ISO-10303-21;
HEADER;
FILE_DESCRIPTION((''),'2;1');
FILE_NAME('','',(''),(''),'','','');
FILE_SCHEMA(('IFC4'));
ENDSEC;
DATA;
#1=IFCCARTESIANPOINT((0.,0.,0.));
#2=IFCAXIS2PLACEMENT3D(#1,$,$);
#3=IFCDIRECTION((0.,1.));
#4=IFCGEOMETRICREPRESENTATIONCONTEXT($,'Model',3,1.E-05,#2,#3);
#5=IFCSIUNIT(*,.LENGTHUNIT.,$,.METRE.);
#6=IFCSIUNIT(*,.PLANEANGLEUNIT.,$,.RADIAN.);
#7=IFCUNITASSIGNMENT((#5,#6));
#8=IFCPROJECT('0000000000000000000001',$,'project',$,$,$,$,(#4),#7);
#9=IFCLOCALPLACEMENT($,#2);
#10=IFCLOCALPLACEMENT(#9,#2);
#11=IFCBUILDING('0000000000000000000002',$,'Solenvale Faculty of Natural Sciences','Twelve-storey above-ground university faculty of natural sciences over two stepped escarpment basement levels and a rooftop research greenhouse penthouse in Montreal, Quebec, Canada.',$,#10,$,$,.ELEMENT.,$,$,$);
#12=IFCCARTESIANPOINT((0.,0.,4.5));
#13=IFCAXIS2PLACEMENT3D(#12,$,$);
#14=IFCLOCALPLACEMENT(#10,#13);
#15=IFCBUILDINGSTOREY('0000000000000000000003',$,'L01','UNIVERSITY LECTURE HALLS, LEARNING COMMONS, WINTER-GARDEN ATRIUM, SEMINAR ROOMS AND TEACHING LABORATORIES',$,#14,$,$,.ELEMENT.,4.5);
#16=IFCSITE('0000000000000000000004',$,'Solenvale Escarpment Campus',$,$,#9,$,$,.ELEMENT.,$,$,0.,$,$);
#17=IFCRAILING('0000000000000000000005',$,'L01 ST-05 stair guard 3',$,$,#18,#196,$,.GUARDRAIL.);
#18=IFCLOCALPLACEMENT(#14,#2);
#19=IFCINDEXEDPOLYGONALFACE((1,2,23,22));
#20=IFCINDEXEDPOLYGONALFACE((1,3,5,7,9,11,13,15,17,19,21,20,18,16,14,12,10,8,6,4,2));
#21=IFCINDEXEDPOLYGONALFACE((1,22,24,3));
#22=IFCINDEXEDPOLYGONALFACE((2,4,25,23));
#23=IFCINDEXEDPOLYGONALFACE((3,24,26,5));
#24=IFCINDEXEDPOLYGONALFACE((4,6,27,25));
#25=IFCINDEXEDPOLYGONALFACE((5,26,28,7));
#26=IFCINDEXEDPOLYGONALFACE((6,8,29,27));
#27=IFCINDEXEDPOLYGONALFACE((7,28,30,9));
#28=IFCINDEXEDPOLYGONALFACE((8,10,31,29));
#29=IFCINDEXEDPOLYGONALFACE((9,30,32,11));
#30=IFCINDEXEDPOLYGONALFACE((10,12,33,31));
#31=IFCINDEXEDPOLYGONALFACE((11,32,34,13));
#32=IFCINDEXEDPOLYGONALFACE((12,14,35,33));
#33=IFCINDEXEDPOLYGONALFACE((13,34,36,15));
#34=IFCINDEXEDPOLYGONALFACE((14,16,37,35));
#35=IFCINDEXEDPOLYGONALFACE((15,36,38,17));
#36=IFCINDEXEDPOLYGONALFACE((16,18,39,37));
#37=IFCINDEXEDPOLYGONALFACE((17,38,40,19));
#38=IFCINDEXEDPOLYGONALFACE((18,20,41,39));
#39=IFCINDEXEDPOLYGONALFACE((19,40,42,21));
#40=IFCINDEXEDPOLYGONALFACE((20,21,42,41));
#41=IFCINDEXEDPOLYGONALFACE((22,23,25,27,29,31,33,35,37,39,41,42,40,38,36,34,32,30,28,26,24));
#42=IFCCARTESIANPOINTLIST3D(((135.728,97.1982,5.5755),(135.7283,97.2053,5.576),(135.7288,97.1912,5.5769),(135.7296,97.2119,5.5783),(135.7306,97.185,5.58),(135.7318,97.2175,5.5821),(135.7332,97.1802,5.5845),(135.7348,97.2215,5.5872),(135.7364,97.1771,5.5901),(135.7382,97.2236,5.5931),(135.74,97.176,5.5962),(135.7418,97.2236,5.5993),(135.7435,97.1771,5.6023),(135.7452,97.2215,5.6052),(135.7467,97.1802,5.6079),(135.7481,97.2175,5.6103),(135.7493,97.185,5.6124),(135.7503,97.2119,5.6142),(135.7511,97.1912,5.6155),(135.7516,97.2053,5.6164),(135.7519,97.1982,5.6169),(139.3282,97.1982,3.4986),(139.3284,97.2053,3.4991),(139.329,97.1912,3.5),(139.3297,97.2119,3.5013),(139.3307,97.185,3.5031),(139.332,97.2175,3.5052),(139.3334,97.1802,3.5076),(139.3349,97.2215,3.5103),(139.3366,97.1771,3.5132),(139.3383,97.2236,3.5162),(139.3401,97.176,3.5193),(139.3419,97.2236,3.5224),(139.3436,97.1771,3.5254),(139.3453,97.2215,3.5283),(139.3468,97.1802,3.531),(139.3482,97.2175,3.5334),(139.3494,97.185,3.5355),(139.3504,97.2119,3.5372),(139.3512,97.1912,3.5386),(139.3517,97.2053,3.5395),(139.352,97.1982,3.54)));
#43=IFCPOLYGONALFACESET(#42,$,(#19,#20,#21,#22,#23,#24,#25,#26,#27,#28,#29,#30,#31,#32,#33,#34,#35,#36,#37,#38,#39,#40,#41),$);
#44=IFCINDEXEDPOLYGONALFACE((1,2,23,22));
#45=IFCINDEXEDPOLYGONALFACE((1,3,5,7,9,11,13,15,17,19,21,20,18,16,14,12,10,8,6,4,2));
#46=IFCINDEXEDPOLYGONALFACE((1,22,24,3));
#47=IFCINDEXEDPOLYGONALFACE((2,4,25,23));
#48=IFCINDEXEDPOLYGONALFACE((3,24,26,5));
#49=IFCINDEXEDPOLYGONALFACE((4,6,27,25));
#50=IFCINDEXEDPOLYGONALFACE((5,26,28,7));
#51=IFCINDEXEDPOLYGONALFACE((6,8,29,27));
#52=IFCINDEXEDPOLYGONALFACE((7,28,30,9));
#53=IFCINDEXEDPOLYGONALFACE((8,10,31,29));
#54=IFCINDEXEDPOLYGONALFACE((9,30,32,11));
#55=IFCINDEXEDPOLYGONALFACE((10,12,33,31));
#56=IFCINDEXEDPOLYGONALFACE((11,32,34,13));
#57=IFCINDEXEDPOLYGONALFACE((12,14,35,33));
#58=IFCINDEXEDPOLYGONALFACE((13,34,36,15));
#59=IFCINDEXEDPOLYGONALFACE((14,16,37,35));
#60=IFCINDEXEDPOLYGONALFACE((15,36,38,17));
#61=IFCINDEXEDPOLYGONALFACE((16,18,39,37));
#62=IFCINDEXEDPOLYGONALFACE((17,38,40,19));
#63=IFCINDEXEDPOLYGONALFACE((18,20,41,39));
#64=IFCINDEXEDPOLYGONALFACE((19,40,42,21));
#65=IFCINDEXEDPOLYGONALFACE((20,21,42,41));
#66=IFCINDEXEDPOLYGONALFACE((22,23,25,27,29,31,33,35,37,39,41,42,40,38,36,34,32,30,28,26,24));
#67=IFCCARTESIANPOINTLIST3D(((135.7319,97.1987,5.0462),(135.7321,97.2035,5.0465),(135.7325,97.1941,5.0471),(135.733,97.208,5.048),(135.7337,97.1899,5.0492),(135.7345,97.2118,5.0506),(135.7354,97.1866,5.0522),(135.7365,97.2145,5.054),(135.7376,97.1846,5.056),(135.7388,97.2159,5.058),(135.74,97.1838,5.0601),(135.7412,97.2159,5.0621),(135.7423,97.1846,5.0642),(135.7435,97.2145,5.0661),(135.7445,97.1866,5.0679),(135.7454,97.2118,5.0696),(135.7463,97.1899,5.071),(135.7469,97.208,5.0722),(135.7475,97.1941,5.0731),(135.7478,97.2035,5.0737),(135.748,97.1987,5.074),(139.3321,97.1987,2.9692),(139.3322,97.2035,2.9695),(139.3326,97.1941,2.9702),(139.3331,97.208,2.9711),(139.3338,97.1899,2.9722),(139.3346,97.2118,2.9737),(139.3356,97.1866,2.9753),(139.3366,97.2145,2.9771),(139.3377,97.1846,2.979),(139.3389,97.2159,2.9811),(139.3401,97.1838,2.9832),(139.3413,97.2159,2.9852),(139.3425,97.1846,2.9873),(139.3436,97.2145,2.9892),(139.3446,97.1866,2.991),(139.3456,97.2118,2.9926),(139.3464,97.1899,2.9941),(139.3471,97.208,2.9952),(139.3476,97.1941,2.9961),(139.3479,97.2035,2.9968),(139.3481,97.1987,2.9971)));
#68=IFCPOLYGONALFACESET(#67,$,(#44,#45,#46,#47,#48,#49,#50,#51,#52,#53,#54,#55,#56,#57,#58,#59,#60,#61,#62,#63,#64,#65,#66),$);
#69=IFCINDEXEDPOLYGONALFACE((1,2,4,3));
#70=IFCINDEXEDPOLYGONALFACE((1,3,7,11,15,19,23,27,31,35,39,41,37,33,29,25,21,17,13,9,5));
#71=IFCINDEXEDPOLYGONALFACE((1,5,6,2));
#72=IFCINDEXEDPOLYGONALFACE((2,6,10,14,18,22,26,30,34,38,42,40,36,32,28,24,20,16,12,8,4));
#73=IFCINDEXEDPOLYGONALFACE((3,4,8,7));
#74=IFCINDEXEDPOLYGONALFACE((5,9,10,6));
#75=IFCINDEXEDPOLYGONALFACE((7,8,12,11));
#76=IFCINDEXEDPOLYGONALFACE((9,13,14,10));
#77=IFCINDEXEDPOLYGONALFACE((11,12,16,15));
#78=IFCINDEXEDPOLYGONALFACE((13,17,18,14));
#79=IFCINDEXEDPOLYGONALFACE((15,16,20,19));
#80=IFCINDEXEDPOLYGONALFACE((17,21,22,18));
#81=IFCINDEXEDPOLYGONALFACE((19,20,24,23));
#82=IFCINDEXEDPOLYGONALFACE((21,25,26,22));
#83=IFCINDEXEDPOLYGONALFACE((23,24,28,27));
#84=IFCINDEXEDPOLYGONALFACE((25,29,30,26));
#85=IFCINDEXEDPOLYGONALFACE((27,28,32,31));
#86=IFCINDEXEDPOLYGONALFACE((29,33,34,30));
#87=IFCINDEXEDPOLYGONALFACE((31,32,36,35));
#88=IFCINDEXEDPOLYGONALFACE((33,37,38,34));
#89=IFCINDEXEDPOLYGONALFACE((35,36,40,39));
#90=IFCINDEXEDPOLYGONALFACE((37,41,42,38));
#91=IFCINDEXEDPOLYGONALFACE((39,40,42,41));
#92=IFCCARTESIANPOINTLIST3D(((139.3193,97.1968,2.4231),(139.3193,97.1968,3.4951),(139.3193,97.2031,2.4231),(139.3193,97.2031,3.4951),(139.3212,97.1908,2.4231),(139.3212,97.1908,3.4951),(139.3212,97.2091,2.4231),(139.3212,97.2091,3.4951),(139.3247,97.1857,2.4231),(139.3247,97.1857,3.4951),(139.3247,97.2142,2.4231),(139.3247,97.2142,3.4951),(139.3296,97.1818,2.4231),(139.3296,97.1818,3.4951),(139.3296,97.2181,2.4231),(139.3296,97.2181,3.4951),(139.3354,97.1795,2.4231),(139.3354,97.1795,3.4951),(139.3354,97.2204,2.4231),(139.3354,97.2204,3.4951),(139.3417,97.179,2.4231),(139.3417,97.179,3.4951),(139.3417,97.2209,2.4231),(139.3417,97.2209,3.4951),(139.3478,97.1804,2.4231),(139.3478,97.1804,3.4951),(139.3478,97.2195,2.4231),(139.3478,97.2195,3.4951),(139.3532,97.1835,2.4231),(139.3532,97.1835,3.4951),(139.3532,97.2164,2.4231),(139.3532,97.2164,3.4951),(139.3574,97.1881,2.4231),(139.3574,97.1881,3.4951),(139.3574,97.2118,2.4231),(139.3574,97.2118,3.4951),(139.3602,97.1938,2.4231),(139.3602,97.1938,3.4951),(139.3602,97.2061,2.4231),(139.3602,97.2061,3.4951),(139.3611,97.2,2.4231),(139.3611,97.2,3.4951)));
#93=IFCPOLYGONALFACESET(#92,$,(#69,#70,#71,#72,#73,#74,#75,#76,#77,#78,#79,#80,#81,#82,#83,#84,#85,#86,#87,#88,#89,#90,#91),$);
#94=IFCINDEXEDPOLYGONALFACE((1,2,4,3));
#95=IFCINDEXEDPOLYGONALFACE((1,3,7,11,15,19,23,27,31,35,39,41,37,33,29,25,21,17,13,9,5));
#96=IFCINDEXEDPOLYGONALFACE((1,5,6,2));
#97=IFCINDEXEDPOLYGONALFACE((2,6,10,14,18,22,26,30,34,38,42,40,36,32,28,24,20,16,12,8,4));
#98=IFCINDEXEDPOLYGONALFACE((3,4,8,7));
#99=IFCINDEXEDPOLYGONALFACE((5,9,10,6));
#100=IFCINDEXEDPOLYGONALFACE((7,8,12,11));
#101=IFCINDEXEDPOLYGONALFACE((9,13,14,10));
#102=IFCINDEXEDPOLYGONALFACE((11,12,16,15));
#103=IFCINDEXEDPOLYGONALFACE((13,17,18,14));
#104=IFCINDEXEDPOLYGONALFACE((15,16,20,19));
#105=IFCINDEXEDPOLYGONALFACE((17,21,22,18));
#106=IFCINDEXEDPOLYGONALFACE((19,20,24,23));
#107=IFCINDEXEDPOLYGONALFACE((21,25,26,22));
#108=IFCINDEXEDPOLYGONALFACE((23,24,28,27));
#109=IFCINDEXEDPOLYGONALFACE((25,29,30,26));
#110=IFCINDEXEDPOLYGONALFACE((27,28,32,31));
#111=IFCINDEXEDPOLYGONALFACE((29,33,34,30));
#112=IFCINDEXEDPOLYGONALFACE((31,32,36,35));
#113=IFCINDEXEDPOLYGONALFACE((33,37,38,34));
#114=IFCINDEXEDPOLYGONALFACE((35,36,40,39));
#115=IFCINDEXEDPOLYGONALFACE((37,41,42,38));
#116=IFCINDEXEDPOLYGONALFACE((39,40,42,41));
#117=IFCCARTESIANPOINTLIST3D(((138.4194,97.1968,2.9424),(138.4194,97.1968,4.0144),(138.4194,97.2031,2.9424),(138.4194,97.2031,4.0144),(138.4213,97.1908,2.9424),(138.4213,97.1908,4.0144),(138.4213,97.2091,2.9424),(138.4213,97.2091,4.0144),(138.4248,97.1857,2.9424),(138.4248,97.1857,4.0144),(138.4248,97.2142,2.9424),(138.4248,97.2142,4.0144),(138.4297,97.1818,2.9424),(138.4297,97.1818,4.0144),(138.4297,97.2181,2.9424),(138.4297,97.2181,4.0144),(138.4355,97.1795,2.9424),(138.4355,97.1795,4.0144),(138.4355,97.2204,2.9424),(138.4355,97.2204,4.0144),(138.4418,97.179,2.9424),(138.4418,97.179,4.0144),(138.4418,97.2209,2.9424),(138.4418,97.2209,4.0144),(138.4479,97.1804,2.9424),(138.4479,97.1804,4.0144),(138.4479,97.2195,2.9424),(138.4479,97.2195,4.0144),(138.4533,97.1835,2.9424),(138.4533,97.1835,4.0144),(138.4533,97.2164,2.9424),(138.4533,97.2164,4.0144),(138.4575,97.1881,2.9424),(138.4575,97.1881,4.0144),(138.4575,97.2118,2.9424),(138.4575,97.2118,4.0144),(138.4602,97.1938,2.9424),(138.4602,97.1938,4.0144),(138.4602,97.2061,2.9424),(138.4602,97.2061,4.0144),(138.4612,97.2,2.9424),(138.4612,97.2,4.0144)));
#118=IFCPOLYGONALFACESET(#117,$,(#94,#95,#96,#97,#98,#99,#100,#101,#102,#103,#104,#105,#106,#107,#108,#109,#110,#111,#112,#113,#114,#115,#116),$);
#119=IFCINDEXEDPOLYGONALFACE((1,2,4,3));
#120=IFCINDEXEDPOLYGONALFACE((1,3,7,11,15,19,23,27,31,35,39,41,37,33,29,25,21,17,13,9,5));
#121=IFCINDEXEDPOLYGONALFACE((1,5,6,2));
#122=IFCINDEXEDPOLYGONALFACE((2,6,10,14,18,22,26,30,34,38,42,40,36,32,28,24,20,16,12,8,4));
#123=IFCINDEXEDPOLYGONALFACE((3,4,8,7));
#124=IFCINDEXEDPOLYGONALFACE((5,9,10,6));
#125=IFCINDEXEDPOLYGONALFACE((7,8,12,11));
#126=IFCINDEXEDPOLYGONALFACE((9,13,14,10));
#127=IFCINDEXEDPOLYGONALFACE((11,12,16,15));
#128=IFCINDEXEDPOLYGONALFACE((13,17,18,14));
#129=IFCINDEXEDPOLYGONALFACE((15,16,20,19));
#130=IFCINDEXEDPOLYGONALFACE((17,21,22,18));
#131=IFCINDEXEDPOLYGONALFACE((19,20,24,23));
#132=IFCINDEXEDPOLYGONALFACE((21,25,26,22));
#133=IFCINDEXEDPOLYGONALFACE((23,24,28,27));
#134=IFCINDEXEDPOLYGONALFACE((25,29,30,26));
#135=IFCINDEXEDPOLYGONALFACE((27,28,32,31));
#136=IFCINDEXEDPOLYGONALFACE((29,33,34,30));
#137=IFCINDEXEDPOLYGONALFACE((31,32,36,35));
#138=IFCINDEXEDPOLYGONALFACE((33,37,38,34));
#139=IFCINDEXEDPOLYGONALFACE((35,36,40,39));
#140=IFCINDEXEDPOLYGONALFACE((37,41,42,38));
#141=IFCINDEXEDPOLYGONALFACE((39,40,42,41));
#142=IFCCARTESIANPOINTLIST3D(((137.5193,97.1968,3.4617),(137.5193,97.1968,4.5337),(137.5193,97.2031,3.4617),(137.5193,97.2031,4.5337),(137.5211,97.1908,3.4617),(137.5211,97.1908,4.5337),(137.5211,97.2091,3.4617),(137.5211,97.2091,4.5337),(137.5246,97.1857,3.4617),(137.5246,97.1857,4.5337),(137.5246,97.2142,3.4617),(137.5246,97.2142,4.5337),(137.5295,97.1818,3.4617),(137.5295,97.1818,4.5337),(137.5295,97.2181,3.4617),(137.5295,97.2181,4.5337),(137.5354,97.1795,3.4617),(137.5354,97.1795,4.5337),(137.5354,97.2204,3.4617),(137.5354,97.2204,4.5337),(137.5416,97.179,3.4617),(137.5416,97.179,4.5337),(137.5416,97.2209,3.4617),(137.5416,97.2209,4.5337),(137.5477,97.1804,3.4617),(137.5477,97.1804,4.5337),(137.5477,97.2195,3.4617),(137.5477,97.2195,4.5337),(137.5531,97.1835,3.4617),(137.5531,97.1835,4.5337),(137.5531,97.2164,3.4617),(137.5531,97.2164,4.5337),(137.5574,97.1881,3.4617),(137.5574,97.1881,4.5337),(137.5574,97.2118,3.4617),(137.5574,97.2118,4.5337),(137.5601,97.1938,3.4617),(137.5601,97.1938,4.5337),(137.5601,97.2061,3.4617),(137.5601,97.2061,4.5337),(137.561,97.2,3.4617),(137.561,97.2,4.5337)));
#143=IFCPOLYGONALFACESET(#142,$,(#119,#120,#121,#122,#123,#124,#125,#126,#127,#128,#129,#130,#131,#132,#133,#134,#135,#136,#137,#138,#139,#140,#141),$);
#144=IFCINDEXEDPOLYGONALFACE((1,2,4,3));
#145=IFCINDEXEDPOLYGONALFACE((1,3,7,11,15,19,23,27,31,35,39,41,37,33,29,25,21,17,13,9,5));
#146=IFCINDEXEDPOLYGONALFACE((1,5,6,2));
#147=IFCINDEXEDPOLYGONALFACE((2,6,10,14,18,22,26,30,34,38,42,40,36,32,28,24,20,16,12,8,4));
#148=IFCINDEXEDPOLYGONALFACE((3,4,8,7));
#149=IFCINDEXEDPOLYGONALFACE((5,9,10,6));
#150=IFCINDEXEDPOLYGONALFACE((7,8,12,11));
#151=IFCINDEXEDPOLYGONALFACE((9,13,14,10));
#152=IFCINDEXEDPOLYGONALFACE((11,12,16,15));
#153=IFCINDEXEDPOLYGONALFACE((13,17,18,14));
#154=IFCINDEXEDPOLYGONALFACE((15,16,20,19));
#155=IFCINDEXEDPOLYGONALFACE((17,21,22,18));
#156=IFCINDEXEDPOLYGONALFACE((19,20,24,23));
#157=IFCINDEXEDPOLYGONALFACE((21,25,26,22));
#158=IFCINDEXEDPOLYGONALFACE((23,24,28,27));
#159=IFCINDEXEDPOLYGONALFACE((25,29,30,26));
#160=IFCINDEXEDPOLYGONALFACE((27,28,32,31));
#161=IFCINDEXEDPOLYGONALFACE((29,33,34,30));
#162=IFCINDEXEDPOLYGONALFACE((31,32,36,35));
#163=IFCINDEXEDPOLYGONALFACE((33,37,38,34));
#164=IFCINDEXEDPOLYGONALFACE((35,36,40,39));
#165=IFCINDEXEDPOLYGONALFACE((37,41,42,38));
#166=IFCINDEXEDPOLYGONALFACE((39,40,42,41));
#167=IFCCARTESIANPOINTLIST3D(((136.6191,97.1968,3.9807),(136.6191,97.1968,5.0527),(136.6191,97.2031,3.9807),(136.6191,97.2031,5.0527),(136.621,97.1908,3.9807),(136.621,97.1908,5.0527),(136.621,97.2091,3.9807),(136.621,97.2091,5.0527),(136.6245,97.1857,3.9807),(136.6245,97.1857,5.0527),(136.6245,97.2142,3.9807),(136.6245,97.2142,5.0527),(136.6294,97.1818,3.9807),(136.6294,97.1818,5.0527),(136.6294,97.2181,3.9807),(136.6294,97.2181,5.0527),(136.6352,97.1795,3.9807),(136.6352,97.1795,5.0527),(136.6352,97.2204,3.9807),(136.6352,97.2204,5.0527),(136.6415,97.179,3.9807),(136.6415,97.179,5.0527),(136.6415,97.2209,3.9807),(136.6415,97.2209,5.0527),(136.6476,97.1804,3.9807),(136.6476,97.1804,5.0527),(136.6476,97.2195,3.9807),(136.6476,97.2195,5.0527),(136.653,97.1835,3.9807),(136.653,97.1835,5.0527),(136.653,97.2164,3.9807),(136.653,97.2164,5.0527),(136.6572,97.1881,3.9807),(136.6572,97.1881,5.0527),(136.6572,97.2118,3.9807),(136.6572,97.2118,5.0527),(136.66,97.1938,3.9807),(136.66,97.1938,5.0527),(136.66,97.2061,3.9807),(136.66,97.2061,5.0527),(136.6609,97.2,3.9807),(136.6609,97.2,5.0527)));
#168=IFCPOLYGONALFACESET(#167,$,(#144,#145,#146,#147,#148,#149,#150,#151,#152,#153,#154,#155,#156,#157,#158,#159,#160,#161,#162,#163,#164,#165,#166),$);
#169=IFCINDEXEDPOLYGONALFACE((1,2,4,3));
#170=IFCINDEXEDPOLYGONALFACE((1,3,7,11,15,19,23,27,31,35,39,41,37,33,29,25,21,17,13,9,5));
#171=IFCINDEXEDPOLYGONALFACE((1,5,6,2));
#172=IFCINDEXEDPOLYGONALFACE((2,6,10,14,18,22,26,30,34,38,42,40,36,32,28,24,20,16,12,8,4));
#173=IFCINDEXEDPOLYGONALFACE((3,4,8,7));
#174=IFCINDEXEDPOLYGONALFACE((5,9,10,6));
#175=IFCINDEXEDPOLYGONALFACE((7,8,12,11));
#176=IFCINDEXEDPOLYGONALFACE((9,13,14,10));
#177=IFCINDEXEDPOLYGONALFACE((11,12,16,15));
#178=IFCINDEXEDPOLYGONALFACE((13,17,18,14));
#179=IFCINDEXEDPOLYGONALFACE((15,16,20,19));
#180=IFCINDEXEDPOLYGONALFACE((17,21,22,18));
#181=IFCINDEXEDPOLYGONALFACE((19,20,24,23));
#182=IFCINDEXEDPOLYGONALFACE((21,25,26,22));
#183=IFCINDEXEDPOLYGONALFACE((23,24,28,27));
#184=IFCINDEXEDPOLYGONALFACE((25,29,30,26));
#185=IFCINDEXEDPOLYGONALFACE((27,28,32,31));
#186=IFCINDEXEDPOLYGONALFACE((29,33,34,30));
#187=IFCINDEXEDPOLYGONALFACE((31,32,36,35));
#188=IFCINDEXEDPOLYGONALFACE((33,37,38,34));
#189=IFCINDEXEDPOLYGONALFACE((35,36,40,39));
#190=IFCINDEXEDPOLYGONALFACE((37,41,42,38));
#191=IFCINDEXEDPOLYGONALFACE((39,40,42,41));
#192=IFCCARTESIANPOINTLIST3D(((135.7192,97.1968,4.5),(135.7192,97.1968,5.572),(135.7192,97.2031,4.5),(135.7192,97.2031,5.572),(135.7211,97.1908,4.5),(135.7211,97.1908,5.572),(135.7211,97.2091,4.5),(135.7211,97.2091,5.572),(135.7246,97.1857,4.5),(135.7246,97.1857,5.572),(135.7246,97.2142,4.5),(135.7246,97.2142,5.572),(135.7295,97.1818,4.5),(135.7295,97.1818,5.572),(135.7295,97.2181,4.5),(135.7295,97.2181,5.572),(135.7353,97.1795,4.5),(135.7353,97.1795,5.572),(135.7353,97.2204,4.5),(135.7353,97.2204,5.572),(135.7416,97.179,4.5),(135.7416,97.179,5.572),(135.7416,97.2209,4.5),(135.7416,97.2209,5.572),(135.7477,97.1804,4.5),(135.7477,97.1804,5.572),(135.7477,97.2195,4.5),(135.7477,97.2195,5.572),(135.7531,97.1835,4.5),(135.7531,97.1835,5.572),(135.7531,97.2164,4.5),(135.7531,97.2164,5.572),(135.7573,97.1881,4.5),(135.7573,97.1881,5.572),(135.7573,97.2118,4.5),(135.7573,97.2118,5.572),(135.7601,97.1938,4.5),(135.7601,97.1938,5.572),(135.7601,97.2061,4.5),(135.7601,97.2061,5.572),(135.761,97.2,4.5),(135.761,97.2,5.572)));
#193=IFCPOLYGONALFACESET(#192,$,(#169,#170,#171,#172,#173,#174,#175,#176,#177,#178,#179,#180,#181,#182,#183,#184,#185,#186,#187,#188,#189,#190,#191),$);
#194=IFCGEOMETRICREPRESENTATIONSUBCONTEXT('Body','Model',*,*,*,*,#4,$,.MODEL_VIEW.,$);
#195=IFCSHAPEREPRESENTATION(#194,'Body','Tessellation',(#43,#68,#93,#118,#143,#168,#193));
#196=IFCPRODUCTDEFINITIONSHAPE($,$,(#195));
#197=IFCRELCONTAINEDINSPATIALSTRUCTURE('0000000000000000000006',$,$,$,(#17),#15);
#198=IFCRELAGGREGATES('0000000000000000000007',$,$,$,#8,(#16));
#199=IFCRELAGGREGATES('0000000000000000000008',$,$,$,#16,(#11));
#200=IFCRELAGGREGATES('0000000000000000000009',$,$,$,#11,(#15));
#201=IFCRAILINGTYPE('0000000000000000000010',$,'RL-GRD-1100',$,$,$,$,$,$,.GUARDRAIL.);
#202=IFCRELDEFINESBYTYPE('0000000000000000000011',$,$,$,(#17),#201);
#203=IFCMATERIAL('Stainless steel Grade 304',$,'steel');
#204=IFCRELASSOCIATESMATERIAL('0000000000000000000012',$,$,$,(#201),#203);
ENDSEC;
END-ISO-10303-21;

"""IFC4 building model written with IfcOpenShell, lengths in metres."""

from ifc_helpers import new_model, si_unit, direction, frame, origin, origin_2d, place, context, subcontext, project, spatial, circle, extrude, material, type_object, element, save


model = new_model("IFC4")

# Units and contexts
model_context = context("Model", 3, precision=1e-05, world=origin(), true_north=direction((0.0, 1.0)))
body_context = subcontext(model_context, "Body", "Model", "MODEL_VIEW")
ifc_project = project(units=[si_unit("LENGTHUNIT", "METRE"), si_unit("PLANEANGLEUNIT", "RADIAN")], contexts=[model_context])

# Site, building, storey
site_placement = place(None, origin())
site = spatial("IfcSite", under=ifc_project, at=site_placement, Name="Solenvale Escarpment Campus", CompositionType="ELEMENT", RefElevation=0.0)
building_placement = place(site_placement, origin())
building = spatial("IfcBuilding", under=site, at=building_placement, Name="Solenvale Faculty of Natural Sciences", Description="Twelve-storey above-ground university faculty of natural sciences over two stepped escarpment basement levels and a rooftop research greenhouse penthouse in Montreal, Quebec, Canada.", CompositionType="ELEMENT")
storey_placement = place(building_placement, frame((0.0, 0.0, 4.5)))
storey = spatial("IfcBuildingStorey", under=building, at=storey_placement, Name="L01", Description="UNIVERSITY LECTURE HALLS, LEARNING COMMONS, WINTER-GARDEN ATRIUM, SEMINAR ROOMS AND TEACHING LABORATORIES", CompositionType="ELEMENT", Elevation=4.5)

# Shared definitions
ifc_material_1 = material(Name="Stainless steel Grade 304", Category="steel")

# Railing
railing_type_1 = type_object("IfcRailingType", Name="RL-GRD-1100", PredefinedType="GUARDRAIL", material=ifc_material_1)
railing_1_placement = place(storey_placement, frame((139.3401, 97.2, 2.4231)))
element("IfcRailing", 1, at=railing_1_placement, inside=storey, type_object=railing_type_1, Name="L01 ST-05 stair guard 3", PredefinedType="GUARDRAIL", context=body_context, shape_type="SweptSolid", body=[
    extrude(circle(Radius=0.0239, at=origin_2d()), frame((0.0, 0.0, 1.0962), z_axis=(-0.866193, 0.0, 0.499709), x_axis=(0.0, -1.0, 0.0)), (0.0, 0.0, 1.0), 4.1562),
    extrude(circle(Radius=0.0161, at=origin_2d()), frame((0.0, 0.0, 0.5601), z_axis=(-0.866193, 0.0, 0.499709), x_axis=(0.0, -1.0, 0.0)), (0.0, 0.0, 1.0), 4.1562),
    extrude(circle(Radius=0.021, at=origin_2d()), origin(), (0.0, 0.0, 1.0), 1.072),
    extrude(circle(Radius=0.021, at=origin_2d()), frame((-0.8999, 0.0, 0.5193)), (0.0, 0.0, 1.0), 1.072),
    extrude(circle(Radius=0.021, at=origin_2d()), frame((-1.8, 0.0, 1.0386)), (0.0, 0.0, 1.0), 1.072),
    extrude(circle(Radius=0.021, at=origin_2d()), frame((-2.7002, 0.0, 1.5576)), (0.0, 0.0, 1.0), 1.072),
    extrude(circle(Radius=0.021, at=origin_2d()), frame((-3.6001, 0.0, 2.0769)), (0.0, 0.0, 1.0), 1.072),
])

save(model, "model.ifc")
